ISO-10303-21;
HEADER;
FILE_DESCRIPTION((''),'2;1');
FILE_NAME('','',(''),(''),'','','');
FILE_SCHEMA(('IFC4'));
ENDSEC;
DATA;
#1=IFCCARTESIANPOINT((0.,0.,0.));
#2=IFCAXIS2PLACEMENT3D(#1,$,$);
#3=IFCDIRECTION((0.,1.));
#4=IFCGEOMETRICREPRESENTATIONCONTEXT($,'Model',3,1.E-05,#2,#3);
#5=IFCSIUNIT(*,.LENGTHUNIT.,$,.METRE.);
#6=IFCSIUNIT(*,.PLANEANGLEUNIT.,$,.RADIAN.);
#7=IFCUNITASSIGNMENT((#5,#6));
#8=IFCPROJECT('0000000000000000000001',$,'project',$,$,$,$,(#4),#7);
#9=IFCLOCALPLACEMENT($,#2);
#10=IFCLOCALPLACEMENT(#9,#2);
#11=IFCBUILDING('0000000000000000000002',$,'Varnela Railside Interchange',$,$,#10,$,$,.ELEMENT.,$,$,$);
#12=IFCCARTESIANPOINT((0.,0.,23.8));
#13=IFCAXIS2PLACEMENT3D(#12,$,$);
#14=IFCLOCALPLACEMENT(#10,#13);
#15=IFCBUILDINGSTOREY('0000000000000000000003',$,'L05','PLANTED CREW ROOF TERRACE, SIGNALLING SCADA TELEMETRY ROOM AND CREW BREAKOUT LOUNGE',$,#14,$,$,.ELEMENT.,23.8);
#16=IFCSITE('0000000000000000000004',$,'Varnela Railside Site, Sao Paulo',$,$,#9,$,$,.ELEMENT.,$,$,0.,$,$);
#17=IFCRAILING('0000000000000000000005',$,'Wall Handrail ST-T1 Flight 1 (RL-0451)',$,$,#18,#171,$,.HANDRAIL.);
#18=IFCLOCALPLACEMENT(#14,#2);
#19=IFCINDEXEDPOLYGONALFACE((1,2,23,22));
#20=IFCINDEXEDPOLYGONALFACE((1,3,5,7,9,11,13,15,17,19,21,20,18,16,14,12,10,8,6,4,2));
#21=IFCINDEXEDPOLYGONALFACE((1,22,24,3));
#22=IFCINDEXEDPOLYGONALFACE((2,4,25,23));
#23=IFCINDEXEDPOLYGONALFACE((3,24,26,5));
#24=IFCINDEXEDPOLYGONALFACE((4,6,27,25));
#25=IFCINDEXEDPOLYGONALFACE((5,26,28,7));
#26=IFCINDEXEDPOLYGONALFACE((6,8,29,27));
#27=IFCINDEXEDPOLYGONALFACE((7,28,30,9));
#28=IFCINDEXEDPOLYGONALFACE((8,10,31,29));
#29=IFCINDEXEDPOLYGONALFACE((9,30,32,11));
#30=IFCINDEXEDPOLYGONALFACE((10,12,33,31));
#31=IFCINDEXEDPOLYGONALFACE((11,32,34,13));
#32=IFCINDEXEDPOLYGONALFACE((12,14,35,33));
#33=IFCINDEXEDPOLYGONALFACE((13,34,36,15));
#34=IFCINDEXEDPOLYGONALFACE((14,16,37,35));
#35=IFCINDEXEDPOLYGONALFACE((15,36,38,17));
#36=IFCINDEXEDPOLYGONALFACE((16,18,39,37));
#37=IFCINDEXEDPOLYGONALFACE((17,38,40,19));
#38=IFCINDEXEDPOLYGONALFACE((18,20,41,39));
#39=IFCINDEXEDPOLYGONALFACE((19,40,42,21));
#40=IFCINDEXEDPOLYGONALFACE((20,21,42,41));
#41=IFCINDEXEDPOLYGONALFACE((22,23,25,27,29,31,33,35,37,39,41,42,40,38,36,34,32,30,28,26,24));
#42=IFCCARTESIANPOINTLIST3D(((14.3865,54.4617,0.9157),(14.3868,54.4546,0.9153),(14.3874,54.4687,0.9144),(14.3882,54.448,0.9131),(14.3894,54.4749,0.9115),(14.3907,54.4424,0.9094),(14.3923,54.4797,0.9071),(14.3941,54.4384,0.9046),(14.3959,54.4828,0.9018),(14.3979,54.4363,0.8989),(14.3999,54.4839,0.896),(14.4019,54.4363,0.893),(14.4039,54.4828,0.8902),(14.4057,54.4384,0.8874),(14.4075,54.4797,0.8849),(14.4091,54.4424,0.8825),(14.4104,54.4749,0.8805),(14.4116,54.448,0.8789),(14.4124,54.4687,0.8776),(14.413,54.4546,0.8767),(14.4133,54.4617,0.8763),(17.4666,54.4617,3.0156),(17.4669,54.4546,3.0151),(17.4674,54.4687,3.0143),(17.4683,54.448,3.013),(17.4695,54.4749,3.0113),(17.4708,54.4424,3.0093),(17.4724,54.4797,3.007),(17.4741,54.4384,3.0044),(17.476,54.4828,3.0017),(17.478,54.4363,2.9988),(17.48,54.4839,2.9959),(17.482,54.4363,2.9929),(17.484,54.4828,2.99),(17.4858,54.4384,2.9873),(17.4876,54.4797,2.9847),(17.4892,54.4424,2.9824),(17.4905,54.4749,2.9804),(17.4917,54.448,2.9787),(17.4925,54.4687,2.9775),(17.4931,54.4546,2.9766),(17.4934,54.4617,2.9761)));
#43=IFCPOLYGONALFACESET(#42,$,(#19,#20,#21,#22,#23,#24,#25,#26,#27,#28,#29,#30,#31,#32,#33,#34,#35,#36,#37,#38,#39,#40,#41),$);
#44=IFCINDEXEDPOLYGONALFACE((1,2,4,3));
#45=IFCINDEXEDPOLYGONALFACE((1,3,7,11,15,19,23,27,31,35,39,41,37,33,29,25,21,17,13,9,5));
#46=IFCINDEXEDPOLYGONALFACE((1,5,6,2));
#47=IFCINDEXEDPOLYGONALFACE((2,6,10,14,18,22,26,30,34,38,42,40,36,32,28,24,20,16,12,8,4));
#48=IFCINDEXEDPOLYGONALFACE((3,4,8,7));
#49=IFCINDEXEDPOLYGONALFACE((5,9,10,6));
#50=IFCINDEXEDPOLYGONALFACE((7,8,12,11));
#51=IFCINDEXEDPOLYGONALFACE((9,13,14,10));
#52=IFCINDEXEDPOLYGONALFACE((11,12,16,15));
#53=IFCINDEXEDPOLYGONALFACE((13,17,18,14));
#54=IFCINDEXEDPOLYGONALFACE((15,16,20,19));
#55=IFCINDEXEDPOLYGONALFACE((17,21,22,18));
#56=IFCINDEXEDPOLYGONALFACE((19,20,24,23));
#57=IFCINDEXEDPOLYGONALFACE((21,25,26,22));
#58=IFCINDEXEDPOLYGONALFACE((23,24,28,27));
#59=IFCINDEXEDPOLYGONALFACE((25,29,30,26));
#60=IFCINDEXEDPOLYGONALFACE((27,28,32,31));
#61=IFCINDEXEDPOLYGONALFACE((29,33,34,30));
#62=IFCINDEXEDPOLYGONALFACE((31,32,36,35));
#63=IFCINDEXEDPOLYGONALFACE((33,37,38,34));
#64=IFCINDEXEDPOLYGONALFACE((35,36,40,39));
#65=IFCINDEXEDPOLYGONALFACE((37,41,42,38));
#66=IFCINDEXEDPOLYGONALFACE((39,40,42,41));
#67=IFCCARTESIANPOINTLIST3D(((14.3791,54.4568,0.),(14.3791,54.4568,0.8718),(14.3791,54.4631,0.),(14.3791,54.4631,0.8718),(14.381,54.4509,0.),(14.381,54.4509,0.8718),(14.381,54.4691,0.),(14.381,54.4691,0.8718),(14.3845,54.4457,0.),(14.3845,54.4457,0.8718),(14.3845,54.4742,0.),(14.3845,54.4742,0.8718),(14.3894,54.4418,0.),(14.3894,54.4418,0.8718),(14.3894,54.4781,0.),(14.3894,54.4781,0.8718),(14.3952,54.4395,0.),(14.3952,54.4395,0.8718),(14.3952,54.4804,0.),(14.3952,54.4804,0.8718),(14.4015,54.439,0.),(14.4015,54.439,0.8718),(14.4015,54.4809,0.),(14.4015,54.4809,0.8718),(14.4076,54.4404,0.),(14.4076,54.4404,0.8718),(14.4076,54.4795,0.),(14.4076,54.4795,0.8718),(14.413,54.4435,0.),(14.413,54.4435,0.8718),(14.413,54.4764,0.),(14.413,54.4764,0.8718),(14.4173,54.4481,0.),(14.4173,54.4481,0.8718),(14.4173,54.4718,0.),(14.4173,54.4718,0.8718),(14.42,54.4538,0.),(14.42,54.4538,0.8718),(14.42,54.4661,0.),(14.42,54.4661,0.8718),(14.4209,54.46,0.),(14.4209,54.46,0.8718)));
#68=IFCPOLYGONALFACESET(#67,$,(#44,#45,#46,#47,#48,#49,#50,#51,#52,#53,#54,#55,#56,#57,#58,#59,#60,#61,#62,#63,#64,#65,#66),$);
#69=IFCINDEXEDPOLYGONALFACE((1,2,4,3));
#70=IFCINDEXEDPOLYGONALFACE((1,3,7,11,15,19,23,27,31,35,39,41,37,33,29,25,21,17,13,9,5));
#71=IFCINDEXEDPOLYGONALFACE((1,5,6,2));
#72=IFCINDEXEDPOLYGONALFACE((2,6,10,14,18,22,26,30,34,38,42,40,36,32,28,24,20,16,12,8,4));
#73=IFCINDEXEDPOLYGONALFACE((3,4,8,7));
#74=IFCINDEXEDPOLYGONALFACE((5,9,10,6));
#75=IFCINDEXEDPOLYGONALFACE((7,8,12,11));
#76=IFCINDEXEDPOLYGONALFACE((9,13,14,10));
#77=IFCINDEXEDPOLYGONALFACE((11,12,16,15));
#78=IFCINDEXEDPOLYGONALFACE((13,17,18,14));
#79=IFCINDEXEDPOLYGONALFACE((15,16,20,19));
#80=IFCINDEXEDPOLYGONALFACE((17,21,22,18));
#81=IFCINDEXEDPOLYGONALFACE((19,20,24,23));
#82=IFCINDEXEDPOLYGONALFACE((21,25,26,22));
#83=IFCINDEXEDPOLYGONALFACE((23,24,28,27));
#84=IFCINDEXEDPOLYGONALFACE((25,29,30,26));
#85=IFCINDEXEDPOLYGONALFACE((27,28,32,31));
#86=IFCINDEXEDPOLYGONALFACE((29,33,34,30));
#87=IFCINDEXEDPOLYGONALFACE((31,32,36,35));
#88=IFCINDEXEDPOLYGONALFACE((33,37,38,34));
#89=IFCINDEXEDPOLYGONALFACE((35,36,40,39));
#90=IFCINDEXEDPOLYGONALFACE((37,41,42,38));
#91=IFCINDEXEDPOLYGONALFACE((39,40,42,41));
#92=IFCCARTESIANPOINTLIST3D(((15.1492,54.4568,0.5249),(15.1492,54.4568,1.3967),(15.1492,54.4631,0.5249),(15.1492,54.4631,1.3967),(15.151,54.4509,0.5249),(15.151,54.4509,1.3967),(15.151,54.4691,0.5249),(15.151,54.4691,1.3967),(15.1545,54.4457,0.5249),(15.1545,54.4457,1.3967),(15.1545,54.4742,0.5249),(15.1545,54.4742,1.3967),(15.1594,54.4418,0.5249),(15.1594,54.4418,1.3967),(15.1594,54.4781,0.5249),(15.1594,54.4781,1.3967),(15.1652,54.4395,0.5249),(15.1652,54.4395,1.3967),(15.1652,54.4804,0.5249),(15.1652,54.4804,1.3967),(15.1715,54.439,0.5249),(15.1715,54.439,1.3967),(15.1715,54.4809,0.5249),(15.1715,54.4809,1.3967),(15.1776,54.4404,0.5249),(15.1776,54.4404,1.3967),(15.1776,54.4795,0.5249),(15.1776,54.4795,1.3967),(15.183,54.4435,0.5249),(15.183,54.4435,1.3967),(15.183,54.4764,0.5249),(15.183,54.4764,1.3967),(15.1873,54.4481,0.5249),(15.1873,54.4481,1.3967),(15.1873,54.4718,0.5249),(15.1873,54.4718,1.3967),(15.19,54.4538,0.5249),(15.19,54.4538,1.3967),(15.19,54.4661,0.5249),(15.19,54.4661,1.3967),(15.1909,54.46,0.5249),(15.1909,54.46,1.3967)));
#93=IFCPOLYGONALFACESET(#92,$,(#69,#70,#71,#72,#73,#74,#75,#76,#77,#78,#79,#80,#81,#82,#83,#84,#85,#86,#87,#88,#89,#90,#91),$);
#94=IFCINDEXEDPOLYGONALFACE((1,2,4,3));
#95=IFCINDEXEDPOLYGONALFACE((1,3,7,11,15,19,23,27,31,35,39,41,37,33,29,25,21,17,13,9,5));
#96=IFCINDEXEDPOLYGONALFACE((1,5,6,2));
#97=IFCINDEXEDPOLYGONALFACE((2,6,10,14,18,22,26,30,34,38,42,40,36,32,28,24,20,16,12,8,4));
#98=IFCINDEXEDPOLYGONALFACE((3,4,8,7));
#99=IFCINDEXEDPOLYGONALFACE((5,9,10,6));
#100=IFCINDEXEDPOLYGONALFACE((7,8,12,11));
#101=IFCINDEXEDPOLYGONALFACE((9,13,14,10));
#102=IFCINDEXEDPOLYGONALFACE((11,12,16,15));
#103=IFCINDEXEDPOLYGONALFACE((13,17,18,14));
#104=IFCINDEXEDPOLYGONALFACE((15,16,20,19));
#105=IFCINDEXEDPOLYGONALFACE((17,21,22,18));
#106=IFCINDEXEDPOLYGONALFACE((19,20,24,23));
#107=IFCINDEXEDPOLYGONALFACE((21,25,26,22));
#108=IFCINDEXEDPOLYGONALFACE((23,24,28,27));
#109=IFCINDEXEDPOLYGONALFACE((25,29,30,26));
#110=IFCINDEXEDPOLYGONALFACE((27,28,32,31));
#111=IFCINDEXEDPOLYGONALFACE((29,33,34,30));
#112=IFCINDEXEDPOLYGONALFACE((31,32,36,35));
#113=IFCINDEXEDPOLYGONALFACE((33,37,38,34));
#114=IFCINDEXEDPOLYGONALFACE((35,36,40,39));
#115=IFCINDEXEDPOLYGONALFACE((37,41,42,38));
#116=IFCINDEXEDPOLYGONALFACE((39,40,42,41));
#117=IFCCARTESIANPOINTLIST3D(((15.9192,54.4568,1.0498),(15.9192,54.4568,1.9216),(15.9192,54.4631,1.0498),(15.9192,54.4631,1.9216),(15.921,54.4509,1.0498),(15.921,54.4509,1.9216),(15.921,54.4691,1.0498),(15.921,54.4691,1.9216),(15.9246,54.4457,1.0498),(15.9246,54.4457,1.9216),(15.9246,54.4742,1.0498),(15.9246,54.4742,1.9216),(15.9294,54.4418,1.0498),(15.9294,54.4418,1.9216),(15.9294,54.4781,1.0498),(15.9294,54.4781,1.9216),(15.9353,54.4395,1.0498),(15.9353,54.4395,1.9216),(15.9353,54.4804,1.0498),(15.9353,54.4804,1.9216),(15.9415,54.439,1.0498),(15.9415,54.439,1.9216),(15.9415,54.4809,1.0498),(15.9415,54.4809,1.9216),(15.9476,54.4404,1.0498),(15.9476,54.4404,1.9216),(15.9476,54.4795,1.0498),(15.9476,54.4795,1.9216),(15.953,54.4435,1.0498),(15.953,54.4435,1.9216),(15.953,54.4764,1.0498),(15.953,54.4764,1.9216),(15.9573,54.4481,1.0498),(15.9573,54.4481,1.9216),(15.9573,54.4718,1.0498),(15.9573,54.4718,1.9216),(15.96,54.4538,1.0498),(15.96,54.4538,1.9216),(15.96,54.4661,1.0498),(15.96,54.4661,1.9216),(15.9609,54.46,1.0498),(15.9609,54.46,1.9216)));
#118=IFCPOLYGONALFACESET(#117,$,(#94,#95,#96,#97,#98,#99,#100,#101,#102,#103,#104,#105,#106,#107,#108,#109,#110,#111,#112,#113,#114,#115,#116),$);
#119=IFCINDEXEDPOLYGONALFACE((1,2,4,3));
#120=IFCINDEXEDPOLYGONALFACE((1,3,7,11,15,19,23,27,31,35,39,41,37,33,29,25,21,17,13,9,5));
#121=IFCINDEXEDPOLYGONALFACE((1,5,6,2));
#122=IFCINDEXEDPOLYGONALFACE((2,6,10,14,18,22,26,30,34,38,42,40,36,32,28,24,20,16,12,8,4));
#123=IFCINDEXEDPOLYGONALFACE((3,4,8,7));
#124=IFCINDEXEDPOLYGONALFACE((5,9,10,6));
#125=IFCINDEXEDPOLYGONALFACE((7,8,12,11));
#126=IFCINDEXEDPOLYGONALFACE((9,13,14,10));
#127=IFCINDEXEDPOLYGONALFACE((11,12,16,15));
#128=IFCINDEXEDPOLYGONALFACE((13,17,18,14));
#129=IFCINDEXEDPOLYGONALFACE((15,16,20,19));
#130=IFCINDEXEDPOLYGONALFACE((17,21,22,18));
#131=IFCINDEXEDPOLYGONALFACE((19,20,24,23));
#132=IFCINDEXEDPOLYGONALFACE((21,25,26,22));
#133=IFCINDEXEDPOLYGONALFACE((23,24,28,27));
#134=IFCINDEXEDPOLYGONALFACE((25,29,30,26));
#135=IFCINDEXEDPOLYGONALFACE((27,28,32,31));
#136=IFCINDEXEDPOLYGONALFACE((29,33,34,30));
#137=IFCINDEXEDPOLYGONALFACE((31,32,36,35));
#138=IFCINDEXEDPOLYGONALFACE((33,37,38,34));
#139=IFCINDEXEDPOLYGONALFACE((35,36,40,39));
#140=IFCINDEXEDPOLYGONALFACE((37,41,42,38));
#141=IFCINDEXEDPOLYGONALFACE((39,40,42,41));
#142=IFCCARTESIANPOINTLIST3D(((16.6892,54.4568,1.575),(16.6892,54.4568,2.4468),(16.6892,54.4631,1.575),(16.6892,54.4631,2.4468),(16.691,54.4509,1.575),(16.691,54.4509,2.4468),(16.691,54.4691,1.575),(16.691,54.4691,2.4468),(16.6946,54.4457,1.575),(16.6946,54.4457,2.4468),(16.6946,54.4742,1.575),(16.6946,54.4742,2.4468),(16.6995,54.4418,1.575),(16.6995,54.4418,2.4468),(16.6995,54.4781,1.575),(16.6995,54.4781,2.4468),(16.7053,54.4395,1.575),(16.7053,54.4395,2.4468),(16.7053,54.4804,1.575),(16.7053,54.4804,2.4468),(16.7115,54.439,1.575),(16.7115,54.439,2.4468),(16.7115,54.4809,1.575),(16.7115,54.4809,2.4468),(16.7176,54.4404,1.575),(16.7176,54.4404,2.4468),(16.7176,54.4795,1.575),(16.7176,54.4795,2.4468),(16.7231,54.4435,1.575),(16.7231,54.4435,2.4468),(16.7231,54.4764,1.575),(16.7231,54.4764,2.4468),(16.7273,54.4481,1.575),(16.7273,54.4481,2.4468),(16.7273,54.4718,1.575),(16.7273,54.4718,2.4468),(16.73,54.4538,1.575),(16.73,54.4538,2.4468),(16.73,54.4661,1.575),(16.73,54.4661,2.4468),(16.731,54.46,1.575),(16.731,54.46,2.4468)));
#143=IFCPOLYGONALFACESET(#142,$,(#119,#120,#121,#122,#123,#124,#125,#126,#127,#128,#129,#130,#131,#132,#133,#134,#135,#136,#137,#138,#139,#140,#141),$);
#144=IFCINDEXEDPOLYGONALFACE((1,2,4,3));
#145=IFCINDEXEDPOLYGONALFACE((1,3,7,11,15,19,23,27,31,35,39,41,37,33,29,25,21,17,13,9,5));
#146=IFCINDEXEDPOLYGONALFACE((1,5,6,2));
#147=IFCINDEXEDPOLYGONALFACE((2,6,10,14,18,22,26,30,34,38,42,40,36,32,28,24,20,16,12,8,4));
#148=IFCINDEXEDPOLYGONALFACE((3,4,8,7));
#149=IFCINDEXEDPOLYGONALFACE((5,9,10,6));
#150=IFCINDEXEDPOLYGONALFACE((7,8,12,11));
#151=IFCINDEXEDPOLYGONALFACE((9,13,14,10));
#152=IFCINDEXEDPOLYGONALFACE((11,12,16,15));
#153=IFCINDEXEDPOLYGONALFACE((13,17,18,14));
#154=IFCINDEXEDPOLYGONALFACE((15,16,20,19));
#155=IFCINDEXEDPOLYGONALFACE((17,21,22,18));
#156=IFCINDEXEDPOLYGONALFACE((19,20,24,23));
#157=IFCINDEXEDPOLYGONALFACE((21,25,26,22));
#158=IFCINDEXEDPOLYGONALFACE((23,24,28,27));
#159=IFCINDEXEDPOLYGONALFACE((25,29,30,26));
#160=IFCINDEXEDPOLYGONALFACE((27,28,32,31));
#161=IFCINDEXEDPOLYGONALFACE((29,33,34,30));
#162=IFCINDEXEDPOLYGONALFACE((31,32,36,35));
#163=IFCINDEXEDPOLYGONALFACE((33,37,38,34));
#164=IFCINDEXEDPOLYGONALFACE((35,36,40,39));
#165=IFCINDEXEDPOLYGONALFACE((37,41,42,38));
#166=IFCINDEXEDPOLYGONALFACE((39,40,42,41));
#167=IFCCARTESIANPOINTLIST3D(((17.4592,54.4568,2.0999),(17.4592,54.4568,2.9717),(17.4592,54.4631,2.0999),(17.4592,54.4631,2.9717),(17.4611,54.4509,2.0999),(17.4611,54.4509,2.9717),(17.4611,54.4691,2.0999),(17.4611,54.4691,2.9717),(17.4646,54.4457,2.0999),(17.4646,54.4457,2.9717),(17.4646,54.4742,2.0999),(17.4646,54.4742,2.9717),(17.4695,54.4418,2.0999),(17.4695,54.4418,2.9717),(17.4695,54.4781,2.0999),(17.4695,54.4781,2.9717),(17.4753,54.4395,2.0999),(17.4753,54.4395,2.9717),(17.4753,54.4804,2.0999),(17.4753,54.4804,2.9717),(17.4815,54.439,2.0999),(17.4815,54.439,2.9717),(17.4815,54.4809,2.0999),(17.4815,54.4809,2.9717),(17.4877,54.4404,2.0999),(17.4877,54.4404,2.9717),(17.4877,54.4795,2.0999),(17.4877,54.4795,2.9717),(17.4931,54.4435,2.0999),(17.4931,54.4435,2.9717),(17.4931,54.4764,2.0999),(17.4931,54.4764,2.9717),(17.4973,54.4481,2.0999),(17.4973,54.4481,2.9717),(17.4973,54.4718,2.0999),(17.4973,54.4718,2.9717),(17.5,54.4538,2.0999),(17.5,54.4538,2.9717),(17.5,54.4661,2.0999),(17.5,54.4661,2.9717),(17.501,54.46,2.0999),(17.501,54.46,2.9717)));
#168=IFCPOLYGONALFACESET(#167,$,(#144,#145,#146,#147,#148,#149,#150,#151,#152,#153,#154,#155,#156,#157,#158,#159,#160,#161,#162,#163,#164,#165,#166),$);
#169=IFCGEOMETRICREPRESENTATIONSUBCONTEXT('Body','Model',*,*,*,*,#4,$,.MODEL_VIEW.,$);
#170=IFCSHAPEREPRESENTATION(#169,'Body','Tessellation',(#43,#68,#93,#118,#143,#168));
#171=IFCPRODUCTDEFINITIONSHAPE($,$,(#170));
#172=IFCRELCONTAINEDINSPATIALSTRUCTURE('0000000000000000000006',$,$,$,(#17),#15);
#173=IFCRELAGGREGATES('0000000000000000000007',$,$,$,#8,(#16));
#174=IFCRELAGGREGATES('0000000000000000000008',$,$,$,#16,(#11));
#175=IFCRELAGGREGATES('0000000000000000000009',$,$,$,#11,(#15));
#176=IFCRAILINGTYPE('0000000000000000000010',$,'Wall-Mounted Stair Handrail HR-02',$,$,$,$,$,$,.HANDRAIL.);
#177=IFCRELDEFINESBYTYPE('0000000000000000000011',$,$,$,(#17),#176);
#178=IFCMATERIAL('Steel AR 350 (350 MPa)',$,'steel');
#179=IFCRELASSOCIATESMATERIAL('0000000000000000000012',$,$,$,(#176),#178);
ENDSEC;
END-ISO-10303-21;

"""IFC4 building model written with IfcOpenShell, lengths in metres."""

from ifc_helpers import new_model, si_unit, direction, frame, origin, origin_2d, place, context, subcontext, project, spatial, circle, extrude, material, type_object, element, save


model = new_model("IFC4")

# Units and contexts
model_context = context("Model", 3, precision=1e-05, world=origin(), true_north=direction((0.0, 1.0)))
body_context = subcontext(model_context, "Body", "Model", "MODEL_VIEW")
ifc_project = project(units=[si_unit("LENGTHUNIT", "METRE"), si_unit("PLANEANGLEUNIT", "RADIAN")], contexts=[model_context])

# Site, building, storey
site_placement = place(None, origin())
site = spatial("IfcSite", under=ifc_project, at=site_placement, Name="Varnela Railside Site, Sao Paulo", CompositionType="ELEMENT", RefElevation=0.0)
building_placement = place(site_placement, origin())
building = spatial("IfcBuilding", under=site, at=building_placement, Name="Varnela Railside Interchange", CompositionType="ELEMENT")
storey_placement = place(building_placement, frame((0.0, 0.0, 23.8)))
storey = spatial("IfcBuildingStorey", under=building, at=storey_placement, Name="L05", Description="PLANTED CREW ROOF TERRACE, SIGNALLING SCADA TELEMETRY ROOM AND CREW BREAKOUT LOUNGE", CompositionType="ELEMENT", Elevation=23.8)

# Shared definitions
ifc_material_1 = material(Name="Steel AR 350 (350 MPa)", Category="steel")

# Railing
railing_type_1 = type_object("IfcRailingType", Name="Wall-Mounted Stair Handrail HR-02", PredefinedType="HANDRAIL", material=ifc_material_1)
for number, where, name in (
    (1, (14.3999, 54.46, 0.0), "Wall Handrail ST-T1 Flight 1 (RL-0451)"),
):
    element("IfcRailing", number, at=place(storey_placement, frame(where)), inside=storey, type_object=railing_type_1, Name=name, PredefinedType="HANDRAIL", context=body_context, shape_type="SweptSolid", body=[
        extrude(circle(Radius=0.0239, at=origin_2d()), frame((0.0, 0.0, 0.896), z_axis=(0.826252, 0.0, 0.5633), x_axis=(0.0, 1.0, 0.0)), (0.0, 0.0, 1.0), 3.7278),
        extrude(circle(Radius=0.021, at=origin_2d()), origin(), (0.0, 0.0, 1.0), 0.8718),
        extrude(circle(Radius=0.021, at=origin_2d()), frame((0.77, 0.0, 0.5249)), (0.0, 0.0, 1.0), 0.8718),
        extrude(circle(Radius=0.021, at=origin_2d()), frame((1.54, 0.0, 1.0498)), (0.0, 0.0, 1.0), 0.8718),
        extrude(circle(Radius=0.021, at=origin_2d()), frame((2.3101, 0.0, 1.575)), (0.0, 0.0, 1.0), 0.8718),
        extrude(circle(Radius=0.021, at=origin_2d()), frame((3.0801, 0.0, 2.0999)), (0.0, 0.0, 1.0), 0.8718),
    ])

save(model, "model.ifc")
